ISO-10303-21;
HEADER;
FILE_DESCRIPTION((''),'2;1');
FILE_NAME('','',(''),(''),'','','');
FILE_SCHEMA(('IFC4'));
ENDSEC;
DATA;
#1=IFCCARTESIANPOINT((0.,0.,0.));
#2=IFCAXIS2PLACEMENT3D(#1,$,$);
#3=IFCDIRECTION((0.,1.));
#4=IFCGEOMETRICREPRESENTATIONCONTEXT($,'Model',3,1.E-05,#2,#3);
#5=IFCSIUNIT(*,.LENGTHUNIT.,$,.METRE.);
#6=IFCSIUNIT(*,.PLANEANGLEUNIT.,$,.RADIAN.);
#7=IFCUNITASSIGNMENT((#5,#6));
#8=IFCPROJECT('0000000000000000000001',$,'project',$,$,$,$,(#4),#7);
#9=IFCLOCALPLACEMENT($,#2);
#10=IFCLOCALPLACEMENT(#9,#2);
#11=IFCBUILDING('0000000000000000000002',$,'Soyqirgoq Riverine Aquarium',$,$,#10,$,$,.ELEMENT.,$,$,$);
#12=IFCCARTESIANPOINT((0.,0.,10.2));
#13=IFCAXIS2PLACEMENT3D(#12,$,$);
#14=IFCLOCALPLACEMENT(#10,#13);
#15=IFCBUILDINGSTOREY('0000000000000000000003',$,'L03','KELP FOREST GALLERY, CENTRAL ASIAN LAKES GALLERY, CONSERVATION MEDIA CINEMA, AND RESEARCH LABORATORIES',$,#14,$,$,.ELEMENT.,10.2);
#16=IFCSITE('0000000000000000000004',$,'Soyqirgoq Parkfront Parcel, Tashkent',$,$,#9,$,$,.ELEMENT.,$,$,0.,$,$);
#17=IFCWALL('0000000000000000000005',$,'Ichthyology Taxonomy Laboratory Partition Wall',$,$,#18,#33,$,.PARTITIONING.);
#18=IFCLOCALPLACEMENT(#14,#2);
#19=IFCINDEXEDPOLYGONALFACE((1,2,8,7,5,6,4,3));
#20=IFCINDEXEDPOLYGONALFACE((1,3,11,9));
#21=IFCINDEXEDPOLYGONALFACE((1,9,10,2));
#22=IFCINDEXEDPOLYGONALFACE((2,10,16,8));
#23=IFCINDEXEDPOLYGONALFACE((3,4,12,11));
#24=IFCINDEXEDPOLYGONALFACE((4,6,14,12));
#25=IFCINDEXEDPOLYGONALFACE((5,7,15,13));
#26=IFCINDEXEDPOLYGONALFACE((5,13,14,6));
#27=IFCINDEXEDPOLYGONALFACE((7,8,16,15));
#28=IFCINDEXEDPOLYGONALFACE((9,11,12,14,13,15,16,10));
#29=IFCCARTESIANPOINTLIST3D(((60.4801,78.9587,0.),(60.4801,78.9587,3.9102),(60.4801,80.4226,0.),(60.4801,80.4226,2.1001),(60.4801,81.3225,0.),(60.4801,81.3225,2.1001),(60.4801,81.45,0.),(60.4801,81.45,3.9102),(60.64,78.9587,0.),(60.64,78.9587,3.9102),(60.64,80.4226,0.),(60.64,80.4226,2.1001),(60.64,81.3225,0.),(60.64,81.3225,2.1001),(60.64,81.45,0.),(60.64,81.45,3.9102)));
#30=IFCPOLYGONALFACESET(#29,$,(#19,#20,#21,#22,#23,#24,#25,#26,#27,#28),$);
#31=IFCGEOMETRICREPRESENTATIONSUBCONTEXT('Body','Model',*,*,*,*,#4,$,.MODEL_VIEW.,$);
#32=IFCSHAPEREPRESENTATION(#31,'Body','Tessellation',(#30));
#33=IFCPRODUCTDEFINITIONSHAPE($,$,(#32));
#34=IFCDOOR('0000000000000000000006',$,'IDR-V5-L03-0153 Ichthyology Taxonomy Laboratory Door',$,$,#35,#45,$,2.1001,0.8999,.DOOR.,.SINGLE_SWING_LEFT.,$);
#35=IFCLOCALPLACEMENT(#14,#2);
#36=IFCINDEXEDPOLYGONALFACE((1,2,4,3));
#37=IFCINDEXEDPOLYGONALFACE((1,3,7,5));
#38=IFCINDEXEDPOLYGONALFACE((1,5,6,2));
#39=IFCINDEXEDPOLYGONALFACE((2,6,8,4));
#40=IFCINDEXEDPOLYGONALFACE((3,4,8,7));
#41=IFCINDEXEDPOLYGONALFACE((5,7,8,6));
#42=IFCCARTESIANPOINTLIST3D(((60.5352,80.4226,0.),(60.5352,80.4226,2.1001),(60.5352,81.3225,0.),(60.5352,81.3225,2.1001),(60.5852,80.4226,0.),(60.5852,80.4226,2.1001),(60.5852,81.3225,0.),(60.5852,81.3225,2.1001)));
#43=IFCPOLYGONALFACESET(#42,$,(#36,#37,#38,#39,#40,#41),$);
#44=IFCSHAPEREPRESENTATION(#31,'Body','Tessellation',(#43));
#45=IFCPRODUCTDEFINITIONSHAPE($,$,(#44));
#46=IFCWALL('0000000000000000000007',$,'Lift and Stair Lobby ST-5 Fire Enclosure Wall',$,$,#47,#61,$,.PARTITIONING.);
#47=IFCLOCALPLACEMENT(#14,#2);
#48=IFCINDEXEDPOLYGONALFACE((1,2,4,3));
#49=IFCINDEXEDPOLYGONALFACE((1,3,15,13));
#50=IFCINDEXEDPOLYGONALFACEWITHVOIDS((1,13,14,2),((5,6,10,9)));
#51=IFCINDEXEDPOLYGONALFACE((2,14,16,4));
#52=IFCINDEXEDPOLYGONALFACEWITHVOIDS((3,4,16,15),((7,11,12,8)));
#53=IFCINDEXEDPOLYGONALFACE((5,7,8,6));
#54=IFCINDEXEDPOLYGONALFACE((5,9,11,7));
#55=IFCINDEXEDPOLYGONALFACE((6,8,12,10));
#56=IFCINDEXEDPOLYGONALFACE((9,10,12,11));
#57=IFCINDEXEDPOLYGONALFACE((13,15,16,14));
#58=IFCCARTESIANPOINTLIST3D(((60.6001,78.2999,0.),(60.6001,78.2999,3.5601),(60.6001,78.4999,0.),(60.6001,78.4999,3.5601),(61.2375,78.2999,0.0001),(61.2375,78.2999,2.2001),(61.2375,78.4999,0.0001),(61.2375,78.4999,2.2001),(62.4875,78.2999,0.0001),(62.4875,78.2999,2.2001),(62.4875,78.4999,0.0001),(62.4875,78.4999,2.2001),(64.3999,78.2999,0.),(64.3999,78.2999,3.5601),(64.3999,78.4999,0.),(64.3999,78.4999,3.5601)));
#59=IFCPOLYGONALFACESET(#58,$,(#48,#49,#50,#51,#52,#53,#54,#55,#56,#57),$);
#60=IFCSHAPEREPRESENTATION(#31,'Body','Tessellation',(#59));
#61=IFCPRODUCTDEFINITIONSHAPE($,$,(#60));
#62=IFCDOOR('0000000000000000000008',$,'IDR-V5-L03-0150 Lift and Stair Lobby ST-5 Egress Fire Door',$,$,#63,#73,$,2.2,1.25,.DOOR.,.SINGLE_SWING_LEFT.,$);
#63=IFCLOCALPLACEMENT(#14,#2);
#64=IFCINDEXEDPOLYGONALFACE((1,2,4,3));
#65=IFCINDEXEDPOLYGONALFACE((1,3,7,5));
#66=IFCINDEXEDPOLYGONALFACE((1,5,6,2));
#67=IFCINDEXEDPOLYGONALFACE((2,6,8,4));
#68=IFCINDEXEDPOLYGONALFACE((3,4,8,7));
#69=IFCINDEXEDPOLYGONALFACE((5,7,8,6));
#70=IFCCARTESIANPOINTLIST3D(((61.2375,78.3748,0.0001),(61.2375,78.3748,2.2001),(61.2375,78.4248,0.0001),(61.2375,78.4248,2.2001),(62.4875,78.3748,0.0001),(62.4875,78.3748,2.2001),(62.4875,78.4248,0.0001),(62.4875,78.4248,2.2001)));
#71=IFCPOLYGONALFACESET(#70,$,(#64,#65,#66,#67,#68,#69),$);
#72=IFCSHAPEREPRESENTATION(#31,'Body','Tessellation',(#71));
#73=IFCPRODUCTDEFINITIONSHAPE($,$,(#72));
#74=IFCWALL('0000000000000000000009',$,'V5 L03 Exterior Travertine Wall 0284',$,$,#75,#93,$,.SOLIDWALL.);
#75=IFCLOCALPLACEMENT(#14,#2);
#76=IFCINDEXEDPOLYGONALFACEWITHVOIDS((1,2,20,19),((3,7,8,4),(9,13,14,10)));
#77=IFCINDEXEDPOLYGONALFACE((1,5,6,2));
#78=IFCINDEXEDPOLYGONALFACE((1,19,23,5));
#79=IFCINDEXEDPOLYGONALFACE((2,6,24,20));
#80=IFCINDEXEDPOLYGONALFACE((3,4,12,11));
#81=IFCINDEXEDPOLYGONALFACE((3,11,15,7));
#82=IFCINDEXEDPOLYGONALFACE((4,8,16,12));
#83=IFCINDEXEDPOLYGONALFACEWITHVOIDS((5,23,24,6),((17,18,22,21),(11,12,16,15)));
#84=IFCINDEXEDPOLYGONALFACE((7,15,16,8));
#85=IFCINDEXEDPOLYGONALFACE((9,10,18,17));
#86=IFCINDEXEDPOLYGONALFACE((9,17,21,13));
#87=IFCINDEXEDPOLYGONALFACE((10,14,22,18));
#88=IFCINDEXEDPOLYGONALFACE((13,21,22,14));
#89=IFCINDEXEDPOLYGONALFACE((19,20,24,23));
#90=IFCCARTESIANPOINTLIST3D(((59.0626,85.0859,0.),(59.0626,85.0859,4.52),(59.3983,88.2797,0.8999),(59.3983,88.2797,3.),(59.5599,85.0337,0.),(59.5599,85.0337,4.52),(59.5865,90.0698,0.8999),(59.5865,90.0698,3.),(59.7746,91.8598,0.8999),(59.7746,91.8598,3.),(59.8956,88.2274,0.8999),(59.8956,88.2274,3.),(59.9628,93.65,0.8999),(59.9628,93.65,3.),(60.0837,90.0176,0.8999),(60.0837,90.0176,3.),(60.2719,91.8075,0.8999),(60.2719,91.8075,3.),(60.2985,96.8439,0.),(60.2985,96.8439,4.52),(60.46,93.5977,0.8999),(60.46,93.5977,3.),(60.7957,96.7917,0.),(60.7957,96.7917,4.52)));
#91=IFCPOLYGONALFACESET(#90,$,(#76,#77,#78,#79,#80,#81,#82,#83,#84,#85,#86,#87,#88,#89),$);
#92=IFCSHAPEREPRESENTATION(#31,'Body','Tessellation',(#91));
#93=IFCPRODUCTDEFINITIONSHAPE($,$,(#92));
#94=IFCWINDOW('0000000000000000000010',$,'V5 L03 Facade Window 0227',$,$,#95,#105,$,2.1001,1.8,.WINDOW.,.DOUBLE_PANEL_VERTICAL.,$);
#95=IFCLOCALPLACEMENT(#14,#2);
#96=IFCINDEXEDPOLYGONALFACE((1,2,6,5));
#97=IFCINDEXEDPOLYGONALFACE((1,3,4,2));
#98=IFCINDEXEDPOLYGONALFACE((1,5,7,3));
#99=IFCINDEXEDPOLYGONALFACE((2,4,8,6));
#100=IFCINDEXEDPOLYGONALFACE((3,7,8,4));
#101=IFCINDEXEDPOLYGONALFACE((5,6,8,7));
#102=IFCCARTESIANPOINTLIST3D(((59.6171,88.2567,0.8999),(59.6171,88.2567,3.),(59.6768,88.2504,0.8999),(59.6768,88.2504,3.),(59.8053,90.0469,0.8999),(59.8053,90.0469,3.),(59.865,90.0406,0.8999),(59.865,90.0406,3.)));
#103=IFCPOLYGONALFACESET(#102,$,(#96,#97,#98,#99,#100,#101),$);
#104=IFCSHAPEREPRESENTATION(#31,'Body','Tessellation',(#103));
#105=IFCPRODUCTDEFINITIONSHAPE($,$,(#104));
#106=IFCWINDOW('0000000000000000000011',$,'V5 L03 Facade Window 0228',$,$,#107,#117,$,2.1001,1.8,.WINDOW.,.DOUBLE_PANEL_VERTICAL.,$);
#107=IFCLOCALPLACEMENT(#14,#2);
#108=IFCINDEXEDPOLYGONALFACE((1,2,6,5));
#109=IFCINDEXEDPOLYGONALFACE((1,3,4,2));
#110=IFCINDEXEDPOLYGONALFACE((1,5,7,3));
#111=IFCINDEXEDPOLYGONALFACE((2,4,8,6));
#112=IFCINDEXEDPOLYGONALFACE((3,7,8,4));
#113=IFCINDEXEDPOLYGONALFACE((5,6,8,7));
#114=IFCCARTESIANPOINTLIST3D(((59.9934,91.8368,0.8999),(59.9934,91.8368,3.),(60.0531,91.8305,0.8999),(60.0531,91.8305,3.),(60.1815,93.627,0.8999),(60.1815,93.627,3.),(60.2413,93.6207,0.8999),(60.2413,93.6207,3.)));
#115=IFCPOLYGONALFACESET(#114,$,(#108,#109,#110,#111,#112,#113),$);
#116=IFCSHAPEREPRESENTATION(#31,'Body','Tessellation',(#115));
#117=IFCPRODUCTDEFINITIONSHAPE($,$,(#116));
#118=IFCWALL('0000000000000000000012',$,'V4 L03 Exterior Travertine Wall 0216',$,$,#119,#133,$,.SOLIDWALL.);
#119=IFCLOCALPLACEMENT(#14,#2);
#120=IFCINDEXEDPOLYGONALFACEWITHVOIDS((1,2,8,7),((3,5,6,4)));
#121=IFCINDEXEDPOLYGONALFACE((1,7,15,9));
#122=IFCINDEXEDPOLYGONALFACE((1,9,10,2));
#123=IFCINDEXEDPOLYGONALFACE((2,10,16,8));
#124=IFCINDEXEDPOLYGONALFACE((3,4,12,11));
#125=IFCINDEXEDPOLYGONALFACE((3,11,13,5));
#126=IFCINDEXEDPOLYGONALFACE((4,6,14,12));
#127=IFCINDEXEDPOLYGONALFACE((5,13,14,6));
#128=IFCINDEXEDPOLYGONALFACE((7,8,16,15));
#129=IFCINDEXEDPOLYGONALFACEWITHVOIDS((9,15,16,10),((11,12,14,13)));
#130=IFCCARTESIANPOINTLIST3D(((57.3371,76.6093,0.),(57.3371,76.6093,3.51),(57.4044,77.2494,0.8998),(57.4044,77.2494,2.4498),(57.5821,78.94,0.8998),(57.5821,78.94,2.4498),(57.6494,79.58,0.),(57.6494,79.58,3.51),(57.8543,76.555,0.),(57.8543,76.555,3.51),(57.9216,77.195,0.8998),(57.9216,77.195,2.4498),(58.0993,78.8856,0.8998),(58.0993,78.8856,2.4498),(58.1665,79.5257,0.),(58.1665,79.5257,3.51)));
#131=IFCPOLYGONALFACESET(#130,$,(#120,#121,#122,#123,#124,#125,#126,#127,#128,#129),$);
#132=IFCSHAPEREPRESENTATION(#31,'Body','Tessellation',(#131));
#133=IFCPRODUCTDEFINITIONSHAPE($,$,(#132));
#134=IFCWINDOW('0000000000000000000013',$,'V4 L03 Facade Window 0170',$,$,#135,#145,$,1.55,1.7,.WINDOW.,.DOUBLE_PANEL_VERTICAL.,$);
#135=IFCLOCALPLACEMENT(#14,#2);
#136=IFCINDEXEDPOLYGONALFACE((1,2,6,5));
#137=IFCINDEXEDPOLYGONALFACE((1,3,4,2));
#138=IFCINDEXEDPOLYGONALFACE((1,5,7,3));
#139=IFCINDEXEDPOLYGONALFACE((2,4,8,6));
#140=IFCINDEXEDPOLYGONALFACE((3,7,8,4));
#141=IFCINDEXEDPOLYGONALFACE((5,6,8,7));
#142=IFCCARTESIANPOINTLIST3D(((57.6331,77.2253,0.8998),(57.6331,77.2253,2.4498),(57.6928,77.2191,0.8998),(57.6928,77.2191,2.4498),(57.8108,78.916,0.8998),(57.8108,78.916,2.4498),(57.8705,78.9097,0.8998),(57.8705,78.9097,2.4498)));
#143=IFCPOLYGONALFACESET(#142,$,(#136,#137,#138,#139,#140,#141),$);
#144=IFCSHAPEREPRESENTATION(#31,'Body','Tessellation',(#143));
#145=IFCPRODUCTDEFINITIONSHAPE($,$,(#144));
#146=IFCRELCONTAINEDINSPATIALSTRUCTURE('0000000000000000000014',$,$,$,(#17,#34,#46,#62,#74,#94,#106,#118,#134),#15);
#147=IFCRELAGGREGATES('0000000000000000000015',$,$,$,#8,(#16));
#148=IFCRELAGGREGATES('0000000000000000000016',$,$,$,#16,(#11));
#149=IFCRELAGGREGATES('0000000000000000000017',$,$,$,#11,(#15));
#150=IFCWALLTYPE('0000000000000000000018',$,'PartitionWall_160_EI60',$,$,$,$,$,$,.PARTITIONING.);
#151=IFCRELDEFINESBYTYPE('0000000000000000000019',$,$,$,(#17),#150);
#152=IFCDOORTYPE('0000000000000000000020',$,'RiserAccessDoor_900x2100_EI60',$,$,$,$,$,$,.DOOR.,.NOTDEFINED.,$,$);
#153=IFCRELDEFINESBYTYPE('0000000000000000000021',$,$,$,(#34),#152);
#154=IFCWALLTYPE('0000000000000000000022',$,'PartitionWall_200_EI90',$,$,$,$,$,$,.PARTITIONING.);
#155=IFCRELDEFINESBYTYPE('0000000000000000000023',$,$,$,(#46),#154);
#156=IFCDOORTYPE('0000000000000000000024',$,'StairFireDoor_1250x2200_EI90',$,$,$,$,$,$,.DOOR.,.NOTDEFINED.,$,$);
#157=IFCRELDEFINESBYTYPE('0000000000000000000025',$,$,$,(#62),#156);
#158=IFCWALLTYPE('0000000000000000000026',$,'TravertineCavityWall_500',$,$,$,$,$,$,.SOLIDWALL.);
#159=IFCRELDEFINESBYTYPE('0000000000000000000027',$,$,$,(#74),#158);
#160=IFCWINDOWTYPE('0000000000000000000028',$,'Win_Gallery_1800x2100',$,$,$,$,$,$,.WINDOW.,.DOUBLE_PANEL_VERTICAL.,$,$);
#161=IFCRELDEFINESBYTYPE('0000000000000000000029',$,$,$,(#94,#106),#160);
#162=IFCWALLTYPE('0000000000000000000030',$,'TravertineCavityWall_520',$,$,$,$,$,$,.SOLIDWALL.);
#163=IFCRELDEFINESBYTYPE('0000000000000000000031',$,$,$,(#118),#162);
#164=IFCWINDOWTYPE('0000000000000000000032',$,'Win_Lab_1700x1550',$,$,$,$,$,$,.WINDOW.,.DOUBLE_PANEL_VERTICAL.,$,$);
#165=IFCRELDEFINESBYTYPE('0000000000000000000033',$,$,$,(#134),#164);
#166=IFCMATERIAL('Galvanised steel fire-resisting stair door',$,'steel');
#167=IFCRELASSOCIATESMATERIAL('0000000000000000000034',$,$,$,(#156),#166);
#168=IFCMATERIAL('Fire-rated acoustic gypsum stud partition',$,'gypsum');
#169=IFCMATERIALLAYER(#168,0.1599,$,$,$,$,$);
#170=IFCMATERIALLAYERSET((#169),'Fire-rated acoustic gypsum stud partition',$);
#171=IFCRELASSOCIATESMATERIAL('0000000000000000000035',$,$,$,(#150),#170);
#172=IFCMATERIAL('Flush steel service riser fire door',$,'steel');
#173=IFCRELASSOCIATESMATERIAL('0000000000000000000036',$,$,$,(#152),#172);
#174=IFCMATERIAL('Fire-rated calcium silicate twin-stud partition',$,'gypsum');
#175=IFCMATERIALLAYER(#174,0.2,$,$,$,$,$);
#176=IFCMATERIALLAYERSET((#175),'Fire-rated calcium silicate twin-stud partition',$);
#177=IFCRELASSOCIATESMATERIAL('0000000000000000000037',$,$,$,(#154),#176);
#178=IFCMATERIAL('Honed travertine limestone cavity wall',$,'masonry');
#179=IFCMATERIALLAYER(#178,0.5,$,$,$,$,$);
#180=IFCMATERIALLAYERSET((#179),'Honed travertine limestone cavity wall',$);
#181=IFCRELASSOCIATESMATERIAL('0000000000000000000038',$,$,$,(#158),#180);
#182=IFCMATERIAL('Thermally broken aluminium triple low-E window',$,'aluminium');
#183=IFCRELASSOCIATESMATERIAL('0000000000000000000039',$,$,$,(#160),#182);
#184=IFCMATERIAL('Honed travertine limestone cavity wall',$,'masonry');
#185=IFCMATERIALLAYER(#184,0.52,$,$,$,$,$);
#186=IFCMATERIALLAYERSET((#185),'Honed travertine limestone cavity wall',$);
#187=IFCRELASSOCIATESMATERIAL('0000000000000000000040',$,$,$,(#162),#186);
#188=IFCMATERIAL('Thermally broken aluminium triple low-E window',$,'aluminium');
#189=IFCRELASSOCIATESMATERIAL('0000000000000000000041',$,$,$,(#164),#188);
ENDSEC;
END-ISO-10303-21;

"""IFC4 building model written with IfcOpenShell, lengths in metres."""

from ifc_helpers import new_model, si_unit, direction, frame, frame_2d, origin, place, context, subcontext, project, spatial, rectangle, extrude, material, layer, layer_set, type_object, element, fill, save


model = new_model("IFC4")

# Units and contexts
model_context = context("Model", 3, precision=1e-05, world=origin(), true_north=direction((0.0, 1.0)))
body_context = subcontext(model_context, "Body", "Model", "MODEL_VIEW")
ifc_project = project(units=[si_unit("LENGTHUNIT", "METRE"), si_unit("PLANEANGLEUNIT", "RADIAN")], contexts=[model_context])

# Site, building, storey
site_placement = place(None, origin())
site = spatial("IfcSite", under=ifc_project, at=site_placement, Name="Soyqirgoq Parkfront Parcel, Tashkent", CompositionType="ELEMENT", RefElevation=0.0)
building_placement = place(site_placement, origin())
building = spatial("IfcBuilding", under=site, at=building_placement, Name="Soyqirgoq Riverine Aquarium", CompositionType="ELEMENT")
storey_placement = place(building_placement, frame((0.0, 0.0, 10.2)))
storey = spatial("IfcBuildingStorey", under=building, at=storey_placement, Name="L03", Description="KELP FOREST GALLERY, CENTRAL ASIAN LAKES GALLERY, CONSERVATION MEDIA CINEMA, AND RESEARCH LABORATORIES", CompositionType="ELEMENT", Elevation=10.2)

# Shared definitions
ifc_material_1 = material(Name="Galvanised steel fire-resisting stair door", Category="steel")
door_type_1 = type_object("IfcDoorType", Name="StairFireDoor_1250x2200_EI90", OperationType="NOTDEFINED", PredefinedType="DOOR", material=ifc_material_1)

# Walls, openings, doors
ifc_material_2 = material(Name="Fire-rated acoustic gypsum stud partition", Category="gypsum")
ifc_layer_1 = layer(ifc_material_2, 0.1599)
ifc_layer_set_1 = layer_set([ifc_layer_1], Name="Fire-rated acoustic gypsum stud partition")
wall_type_1 = type_object("IfcWallType", Name="PartitionWall_160_EI60", PredefinedType="PARTITIONING", material=ifc_layer_set_1)
wall_1_placement = place(storey_placement, frame((60.5601, 78.9587, 0.0), z_axis=(0.0, 0.0, 1.0), x_axis=(0.0, 1.0, 0.0)))
wall_1 = element("IfcWall", 1, at=wall_1_placement, inside=storey, type_object=wall_type_1, Name="Ichthyology Taxonomy Laboratory Partition Wall", PredefinedType="PARTITIONING", context=body_context, shape_type="SweptSolid", body=[
    extrude(rectangle(XDim=2.4912, YDim=0.1599, at=frame_2d((1.2456, 0.0))), origin(), (0.0, 0.0, 1.0), 3.9102),
])
opening_1_placement = place(wall_1_placement, frame((1.4639, 0.0, 0.0)))
opening_1 = element("IfcOpeningElement", 2, at=opening_1_placement, cuts=wall_1, PredefinedType="OPENING", context=body_context, shape_type="SweptSolid", body=[
    extrude(rectangle(XDim=0.8999, YDim=2.1001, at=frame_2d((0.45, 1.05))), frame((0.0, 0.0898, 0.0), z_axis=(0.0, -1.0, 0.0), x_axis=(1.0, 0.0, 0.0)), (0.0, 0.0, 1.0), 0.1799),
])
ifc_material_3 = material(Name="Flush steel service riser fire door", Category="steel")
door_type_2 = type_object("IfcDoorType", Name="RiserAccessDoor_900x2100_EI60", OperationType="NOTDEFINED", PredefinedType="DOOR", material=ifc_material_3)
door_1_placement = place(opening_1_placement, origin())
door_1 = element("IfcDoor", 3, at=door_1_placement, inside=storey, type_object=door_type_2, Name="IDR-V5-L03-0153 Ichthyology Taxonomy Laboratory Door", OperationType="SINGLE_SWING_LEFT", OverallHeight=2.1001, OverallWidth=0.8999, PredefinedType="DOOR", context=body_context, shape_type="SweptSolid", body=[
    extrude(rectangle(XDim=0.8999, YDim=2.1001, at=frame_2d((0.45, 1.05))), frame((0.0, 0.0249, 0.0), z_axis=(0.0, -1.0, 0.0), x_axis=(1.0, 0.0, 0.0)), (0.0, 0.0, 1.0), 0.05),
])
fill(opening_1, door_1)
ifc_material_4 = material(Name="Fire-rated calcium silicate twin-stud partition", Category="gypsum")
ifc_layer_2 = layer(ifc_material_4, 0.2)
ifc_layer_set_2 = layer_set([ifc_layer_2], Name="Fire-rated calcium silicate twin-stud partition")
wall_type_2 = type_object("IfcWallType", Name="PartitionWall_200_EI90", PredefinedType="PARTITIONING", material=ifc_layer_set_2)
wall_2_placement = place(storey_placement, frame((60.6001, 78.3999, 0.0), z_axis=(0.0, 0.0, 1.0), x_axis=(1.0, 0.0, 0.0)))
wall_2 = element("IfcWall", 4, at=wall_2_placement, inside=storey, type_object=wall_type_2, Name="Lift and Stair Lobby ST-5 Fire Enclosure Wall", PredefinedType="PARTITIONING", context=body_context, shape_type="SweptSolid", body=[
    extrude(rectangle(XDim=3.7998, YDim=0.2, at=frame_2d((1.8999, 0.0))), origin(), (0.0, 0.0, 1.0), 3.5601),
])
opening_2_placement = place(wall_2_placement, frame((0.6375, 0.0, 0.0)))
opening_2 = element("IfcOpeningElement", 5, at=opening_2_placement, cuts=wall_2, PredefinedType="OPENING", context=body_context, shape_type="SweptSolid", body=[
    extrude(rectangle(XDim=1.25, YDim=2.2, at=frame_2d((0.625, 1.1001))), frame((0.0, 0.1099, 0.0), z_axis=(0.0, -1.0, 0.0), x_axis=(1.0, 0.0, 0.0)), (0.0, 0.0, 1.0), 0.22),
])
door_2_placement = place(opening_2_placement, origin())
door_2 = element("IfcDoor", 6, at=door_2_placement, inside=storey, type_object=door_type_1, Name="IDR-V5-L03-0150 Lift and Stair Lobby ST-5 Egress Fire Door", OperationType="SINGLE_SWING_LEFT", OverallHeight=2.2, OverallWidth=1.25, PredefinedType="DOOR", context=body_context, shape_type="SweptSolid", body=[
    extrude(rectangle(XDim=1.25, YDim=2.2, at=frame_2d((0.625, 1.1001))), frame((0.0, 0.0249, 0.0), z_axis=(0.0, -1.0, 0.0), x_axis=(1.0, 0.0, 0.0)), (0.0, 0.0, 1.0), 0.05),
])
fill(opening_2, door_2)

# Wall, openings, windows
ifc_material_5 = material(Name="Honed travertine limestone cavity wall", Category="masonry")
ifc_layer_3 = layer(ifc_material_5, 0.5)
ifc_layer_set_3 = layer_set([ifc_layer_3], Name="Honed travertine limestone cavity wall")
wall_type_3 = type_object("IfcWallType", Name="TravertineCavityWall_500", PredefinedType="SOLIDWALL", material=ifc_layer_set_3)
wall_3_placement = place(storey_placement, frame((59.3113, 85.0598, 0.0), z_axis=(0.0, 0.0, 1.0), x_axis=(0.10453, 0.994522, 0.0)))
wall_3 = element("IfcWall", 7, at=wall_3_placement, inside=storey, type_object=wall_type_3, Name="V5 L03 Exterior Travertine Wall 0284", PredefinedType="SOLIDWALL", context=body_context, shape_type="SweptSolid", body=[
    extrude(rectangle(XDim=11.8228, YDim=0.5, at=frame_2d((5.9114, 0.0))), origin(), (0.0, 0.0, 1.0), 4.52),
])
opening_3_placement = place(wall_3_placement, frame((3.2114, 0.0, 0.8999)))
opening_3 = element("IfcOpeningElement", 8, at=opening_3_placement, cuts=wall_3, PredefinedType="OPENING", context=body_context, shape_type="SweptSolid", body=[
    extrude(rectangle(XDim=1.8, YDim=2.1001, at=frame_2d((0.8999, 1.05))), frame((0.0, 0.26, 0.0), z_axis=(0.0, -1.0, 0.0), x_axis=(1.0, 0.0, 0.0)), (0.0, 0.0, 1.0), 0.52),
])
opening_4_placement = place(wall_3_placement, frame((6.8113, 0.0, 0.8999)))
opening_4 = element("IfcOpeningElement", 9, at=opening_4_placement, cuts=wall_3, PredefinedType="OPENING", context=body_context, shape_type="SweptSolid", body=[
    extrude(rectangle(XDim=1.8, YDim=2.1001, at=frame_2d((0.8999, 1.05))), frame((0.0, 0.26, 0.0), z_axis=(0.0, -1.0, 0.0), x_axis=(1.0, 0.0, 0.0)), (0.0, 0.0, 1.0), 0.52),
])
ifc_material_6 = material(Name="Thermally broken aluminium triple low-E window", Category="aluminium")
window_type_1 = type_object("IfcWindowType", Name="Win_Gallery_1800x2100", PartitioningType="DOUBLE_PANEL_VERTICAL", PredefinedType="WINDOW", material=ifc_material_6)
window_1_placement = place(opening_3_placement, origin())
window_1 = element("IfcWindow", 10, at=window_1_placement, inside=storey, type_object=window_type_1, Name="V5 L03 Facade Window 0227", OverallHeight=2.1001, OverallWidth=1.8, PartitioningType="DOUBLE_PANEL_VERTICAL", PredefinedType="WINDOW", context=body_context, shape_type="SweptSolid", body=[
    extrude(rectangle(XDim=1.8, YDim=2.1001, at=frame_2d((0.8999, 1.05))), frame((0.0, 0.03, 0.0), z_axis=(0.0, -1.0, 0.0), x_axis=(1.0, 0.0, 0.0)), (0.0, 0.0, 1.0), 0.0601),
])
fill(opening_3, window_1)
window_2_placement = place(opening_4_placement, origin())
window_2 = element("IfcWindow", 11, at=window_2_placement, inside=storey, type_object=window_type_1, Name="V5 L03 Facade Window 0228", OverallHeight=2.1001, OverallWidth=1.8, PartitioningType="DOUBLE_PANEL_VERTICAL", PredefinedType="WINDOW", context=body_context, shape_type="SweptSolid", body=[
    extrude(rectangle(XDim=1.8, YDim=2.1001, at=frame_2d((0.8999, 1.05))), frame((0.0, 0.03, 0.0), z_axis=(0.0, -1.0, 0.0), x_axis=(1.0, 0.0, 0.0)), (0.0, 0.0, 1.0), 0.0601),
])
fill(opening_4, window_2)

# Wall, opening, window
ifc_material_7 = material(Name="Honed travertine limestone cavity wall", Category="masonry")
ifc_layer_4 = layer(ifc_material_7, 0.52)
ifc_layer_set_4 = layer_set([ifc_layer_4], Name="Honed travertine limestone cavity wall")
wall_type_4 = type_object("IfcWallType", Name="TravertineCavityWall_520", PredefinedType="SOLIDWALL", material=ifc_layer_set_4)
wall_4_placement = place(storey_placement, frame((57.908, 79.553, 0.0), z_axis=(0.0, 0.0, 1.0), x_axis=(-0.104536, -0.994521, 0.0)))
wall_4 = element("IfcWall", 12, at=wall_4_placement, inside=storey, type_object=wall_type_4, Name="V4 L03 Exterior Travertine Wall 0216", PredefinedType="SOLIDWALL", context=body_context, shape_type="SweptSolid", body=[
    extrude(rectangle(XDim=2.9871, YDim=0.52, at=frame_2d((1.4937, 0.0))), origin(), (0.0, 0.0, 1.0), 3.51),
])
opening_5_placement = place(wall_4_placement, frame((0.6436, 0.0, 0.8999)))
opening_5 = element("IfcOpeningElement", 13, at=opening_5_placement, cuts=wall_4, PredefinedType="OPENING", context=body_context, shape_type="SweptSolid", body=[
    extrude(rectangle(XDim=1.7, YDim=1.55, at=frame_2d((0.8501, 0.7749))), frame((0.0, 0.27, 0.0), z_axis=(0.0, -1.0, 0.0), x_axis=(1.0, 0.0, 0.0)), (0.0, 0.0, 1.0), 0.54),
])
ifc_material_8 = material(Name="Thermally broken aluminium triple low-E window", Category="aluminium")
window_type_2 = type_object("IfcWindowType", Name="Win_Lab_1700x1550", PartitioningType="DOUBLE_PANEL_VERTICAL", PredefinedType="WINDOW", material=ifc_material_8)
window_3_placement = place(opening_5_placement, origin())
window_3 = element("IfcWindow", 14, at=window_3_placement, inside=storey, type_object=window_type_2, Name="V4 L03 Facade Window 0170", OverallHeight=1.55, OverallWidth=1.7, PartitioningType="DOUBLE_PANEL_VERTICAL", PredefinedType="WINDOW", context=body_context, shape_type="SweptSolid", body=[
    extrude(rectangle(XDim=1.7, YDim=1.55, at=frame_2d((0.8501, 0.7749))), frame((0.0, 0.03, 0.0), z_axis=(0.0, -1.0, 0.0), x_axis=(1.0, 0.0, 0.0)), (0.0, 0.0, 1.0), 0.0601),
])
fill(opening_5, window_3)

save(model, "model.ifc")
